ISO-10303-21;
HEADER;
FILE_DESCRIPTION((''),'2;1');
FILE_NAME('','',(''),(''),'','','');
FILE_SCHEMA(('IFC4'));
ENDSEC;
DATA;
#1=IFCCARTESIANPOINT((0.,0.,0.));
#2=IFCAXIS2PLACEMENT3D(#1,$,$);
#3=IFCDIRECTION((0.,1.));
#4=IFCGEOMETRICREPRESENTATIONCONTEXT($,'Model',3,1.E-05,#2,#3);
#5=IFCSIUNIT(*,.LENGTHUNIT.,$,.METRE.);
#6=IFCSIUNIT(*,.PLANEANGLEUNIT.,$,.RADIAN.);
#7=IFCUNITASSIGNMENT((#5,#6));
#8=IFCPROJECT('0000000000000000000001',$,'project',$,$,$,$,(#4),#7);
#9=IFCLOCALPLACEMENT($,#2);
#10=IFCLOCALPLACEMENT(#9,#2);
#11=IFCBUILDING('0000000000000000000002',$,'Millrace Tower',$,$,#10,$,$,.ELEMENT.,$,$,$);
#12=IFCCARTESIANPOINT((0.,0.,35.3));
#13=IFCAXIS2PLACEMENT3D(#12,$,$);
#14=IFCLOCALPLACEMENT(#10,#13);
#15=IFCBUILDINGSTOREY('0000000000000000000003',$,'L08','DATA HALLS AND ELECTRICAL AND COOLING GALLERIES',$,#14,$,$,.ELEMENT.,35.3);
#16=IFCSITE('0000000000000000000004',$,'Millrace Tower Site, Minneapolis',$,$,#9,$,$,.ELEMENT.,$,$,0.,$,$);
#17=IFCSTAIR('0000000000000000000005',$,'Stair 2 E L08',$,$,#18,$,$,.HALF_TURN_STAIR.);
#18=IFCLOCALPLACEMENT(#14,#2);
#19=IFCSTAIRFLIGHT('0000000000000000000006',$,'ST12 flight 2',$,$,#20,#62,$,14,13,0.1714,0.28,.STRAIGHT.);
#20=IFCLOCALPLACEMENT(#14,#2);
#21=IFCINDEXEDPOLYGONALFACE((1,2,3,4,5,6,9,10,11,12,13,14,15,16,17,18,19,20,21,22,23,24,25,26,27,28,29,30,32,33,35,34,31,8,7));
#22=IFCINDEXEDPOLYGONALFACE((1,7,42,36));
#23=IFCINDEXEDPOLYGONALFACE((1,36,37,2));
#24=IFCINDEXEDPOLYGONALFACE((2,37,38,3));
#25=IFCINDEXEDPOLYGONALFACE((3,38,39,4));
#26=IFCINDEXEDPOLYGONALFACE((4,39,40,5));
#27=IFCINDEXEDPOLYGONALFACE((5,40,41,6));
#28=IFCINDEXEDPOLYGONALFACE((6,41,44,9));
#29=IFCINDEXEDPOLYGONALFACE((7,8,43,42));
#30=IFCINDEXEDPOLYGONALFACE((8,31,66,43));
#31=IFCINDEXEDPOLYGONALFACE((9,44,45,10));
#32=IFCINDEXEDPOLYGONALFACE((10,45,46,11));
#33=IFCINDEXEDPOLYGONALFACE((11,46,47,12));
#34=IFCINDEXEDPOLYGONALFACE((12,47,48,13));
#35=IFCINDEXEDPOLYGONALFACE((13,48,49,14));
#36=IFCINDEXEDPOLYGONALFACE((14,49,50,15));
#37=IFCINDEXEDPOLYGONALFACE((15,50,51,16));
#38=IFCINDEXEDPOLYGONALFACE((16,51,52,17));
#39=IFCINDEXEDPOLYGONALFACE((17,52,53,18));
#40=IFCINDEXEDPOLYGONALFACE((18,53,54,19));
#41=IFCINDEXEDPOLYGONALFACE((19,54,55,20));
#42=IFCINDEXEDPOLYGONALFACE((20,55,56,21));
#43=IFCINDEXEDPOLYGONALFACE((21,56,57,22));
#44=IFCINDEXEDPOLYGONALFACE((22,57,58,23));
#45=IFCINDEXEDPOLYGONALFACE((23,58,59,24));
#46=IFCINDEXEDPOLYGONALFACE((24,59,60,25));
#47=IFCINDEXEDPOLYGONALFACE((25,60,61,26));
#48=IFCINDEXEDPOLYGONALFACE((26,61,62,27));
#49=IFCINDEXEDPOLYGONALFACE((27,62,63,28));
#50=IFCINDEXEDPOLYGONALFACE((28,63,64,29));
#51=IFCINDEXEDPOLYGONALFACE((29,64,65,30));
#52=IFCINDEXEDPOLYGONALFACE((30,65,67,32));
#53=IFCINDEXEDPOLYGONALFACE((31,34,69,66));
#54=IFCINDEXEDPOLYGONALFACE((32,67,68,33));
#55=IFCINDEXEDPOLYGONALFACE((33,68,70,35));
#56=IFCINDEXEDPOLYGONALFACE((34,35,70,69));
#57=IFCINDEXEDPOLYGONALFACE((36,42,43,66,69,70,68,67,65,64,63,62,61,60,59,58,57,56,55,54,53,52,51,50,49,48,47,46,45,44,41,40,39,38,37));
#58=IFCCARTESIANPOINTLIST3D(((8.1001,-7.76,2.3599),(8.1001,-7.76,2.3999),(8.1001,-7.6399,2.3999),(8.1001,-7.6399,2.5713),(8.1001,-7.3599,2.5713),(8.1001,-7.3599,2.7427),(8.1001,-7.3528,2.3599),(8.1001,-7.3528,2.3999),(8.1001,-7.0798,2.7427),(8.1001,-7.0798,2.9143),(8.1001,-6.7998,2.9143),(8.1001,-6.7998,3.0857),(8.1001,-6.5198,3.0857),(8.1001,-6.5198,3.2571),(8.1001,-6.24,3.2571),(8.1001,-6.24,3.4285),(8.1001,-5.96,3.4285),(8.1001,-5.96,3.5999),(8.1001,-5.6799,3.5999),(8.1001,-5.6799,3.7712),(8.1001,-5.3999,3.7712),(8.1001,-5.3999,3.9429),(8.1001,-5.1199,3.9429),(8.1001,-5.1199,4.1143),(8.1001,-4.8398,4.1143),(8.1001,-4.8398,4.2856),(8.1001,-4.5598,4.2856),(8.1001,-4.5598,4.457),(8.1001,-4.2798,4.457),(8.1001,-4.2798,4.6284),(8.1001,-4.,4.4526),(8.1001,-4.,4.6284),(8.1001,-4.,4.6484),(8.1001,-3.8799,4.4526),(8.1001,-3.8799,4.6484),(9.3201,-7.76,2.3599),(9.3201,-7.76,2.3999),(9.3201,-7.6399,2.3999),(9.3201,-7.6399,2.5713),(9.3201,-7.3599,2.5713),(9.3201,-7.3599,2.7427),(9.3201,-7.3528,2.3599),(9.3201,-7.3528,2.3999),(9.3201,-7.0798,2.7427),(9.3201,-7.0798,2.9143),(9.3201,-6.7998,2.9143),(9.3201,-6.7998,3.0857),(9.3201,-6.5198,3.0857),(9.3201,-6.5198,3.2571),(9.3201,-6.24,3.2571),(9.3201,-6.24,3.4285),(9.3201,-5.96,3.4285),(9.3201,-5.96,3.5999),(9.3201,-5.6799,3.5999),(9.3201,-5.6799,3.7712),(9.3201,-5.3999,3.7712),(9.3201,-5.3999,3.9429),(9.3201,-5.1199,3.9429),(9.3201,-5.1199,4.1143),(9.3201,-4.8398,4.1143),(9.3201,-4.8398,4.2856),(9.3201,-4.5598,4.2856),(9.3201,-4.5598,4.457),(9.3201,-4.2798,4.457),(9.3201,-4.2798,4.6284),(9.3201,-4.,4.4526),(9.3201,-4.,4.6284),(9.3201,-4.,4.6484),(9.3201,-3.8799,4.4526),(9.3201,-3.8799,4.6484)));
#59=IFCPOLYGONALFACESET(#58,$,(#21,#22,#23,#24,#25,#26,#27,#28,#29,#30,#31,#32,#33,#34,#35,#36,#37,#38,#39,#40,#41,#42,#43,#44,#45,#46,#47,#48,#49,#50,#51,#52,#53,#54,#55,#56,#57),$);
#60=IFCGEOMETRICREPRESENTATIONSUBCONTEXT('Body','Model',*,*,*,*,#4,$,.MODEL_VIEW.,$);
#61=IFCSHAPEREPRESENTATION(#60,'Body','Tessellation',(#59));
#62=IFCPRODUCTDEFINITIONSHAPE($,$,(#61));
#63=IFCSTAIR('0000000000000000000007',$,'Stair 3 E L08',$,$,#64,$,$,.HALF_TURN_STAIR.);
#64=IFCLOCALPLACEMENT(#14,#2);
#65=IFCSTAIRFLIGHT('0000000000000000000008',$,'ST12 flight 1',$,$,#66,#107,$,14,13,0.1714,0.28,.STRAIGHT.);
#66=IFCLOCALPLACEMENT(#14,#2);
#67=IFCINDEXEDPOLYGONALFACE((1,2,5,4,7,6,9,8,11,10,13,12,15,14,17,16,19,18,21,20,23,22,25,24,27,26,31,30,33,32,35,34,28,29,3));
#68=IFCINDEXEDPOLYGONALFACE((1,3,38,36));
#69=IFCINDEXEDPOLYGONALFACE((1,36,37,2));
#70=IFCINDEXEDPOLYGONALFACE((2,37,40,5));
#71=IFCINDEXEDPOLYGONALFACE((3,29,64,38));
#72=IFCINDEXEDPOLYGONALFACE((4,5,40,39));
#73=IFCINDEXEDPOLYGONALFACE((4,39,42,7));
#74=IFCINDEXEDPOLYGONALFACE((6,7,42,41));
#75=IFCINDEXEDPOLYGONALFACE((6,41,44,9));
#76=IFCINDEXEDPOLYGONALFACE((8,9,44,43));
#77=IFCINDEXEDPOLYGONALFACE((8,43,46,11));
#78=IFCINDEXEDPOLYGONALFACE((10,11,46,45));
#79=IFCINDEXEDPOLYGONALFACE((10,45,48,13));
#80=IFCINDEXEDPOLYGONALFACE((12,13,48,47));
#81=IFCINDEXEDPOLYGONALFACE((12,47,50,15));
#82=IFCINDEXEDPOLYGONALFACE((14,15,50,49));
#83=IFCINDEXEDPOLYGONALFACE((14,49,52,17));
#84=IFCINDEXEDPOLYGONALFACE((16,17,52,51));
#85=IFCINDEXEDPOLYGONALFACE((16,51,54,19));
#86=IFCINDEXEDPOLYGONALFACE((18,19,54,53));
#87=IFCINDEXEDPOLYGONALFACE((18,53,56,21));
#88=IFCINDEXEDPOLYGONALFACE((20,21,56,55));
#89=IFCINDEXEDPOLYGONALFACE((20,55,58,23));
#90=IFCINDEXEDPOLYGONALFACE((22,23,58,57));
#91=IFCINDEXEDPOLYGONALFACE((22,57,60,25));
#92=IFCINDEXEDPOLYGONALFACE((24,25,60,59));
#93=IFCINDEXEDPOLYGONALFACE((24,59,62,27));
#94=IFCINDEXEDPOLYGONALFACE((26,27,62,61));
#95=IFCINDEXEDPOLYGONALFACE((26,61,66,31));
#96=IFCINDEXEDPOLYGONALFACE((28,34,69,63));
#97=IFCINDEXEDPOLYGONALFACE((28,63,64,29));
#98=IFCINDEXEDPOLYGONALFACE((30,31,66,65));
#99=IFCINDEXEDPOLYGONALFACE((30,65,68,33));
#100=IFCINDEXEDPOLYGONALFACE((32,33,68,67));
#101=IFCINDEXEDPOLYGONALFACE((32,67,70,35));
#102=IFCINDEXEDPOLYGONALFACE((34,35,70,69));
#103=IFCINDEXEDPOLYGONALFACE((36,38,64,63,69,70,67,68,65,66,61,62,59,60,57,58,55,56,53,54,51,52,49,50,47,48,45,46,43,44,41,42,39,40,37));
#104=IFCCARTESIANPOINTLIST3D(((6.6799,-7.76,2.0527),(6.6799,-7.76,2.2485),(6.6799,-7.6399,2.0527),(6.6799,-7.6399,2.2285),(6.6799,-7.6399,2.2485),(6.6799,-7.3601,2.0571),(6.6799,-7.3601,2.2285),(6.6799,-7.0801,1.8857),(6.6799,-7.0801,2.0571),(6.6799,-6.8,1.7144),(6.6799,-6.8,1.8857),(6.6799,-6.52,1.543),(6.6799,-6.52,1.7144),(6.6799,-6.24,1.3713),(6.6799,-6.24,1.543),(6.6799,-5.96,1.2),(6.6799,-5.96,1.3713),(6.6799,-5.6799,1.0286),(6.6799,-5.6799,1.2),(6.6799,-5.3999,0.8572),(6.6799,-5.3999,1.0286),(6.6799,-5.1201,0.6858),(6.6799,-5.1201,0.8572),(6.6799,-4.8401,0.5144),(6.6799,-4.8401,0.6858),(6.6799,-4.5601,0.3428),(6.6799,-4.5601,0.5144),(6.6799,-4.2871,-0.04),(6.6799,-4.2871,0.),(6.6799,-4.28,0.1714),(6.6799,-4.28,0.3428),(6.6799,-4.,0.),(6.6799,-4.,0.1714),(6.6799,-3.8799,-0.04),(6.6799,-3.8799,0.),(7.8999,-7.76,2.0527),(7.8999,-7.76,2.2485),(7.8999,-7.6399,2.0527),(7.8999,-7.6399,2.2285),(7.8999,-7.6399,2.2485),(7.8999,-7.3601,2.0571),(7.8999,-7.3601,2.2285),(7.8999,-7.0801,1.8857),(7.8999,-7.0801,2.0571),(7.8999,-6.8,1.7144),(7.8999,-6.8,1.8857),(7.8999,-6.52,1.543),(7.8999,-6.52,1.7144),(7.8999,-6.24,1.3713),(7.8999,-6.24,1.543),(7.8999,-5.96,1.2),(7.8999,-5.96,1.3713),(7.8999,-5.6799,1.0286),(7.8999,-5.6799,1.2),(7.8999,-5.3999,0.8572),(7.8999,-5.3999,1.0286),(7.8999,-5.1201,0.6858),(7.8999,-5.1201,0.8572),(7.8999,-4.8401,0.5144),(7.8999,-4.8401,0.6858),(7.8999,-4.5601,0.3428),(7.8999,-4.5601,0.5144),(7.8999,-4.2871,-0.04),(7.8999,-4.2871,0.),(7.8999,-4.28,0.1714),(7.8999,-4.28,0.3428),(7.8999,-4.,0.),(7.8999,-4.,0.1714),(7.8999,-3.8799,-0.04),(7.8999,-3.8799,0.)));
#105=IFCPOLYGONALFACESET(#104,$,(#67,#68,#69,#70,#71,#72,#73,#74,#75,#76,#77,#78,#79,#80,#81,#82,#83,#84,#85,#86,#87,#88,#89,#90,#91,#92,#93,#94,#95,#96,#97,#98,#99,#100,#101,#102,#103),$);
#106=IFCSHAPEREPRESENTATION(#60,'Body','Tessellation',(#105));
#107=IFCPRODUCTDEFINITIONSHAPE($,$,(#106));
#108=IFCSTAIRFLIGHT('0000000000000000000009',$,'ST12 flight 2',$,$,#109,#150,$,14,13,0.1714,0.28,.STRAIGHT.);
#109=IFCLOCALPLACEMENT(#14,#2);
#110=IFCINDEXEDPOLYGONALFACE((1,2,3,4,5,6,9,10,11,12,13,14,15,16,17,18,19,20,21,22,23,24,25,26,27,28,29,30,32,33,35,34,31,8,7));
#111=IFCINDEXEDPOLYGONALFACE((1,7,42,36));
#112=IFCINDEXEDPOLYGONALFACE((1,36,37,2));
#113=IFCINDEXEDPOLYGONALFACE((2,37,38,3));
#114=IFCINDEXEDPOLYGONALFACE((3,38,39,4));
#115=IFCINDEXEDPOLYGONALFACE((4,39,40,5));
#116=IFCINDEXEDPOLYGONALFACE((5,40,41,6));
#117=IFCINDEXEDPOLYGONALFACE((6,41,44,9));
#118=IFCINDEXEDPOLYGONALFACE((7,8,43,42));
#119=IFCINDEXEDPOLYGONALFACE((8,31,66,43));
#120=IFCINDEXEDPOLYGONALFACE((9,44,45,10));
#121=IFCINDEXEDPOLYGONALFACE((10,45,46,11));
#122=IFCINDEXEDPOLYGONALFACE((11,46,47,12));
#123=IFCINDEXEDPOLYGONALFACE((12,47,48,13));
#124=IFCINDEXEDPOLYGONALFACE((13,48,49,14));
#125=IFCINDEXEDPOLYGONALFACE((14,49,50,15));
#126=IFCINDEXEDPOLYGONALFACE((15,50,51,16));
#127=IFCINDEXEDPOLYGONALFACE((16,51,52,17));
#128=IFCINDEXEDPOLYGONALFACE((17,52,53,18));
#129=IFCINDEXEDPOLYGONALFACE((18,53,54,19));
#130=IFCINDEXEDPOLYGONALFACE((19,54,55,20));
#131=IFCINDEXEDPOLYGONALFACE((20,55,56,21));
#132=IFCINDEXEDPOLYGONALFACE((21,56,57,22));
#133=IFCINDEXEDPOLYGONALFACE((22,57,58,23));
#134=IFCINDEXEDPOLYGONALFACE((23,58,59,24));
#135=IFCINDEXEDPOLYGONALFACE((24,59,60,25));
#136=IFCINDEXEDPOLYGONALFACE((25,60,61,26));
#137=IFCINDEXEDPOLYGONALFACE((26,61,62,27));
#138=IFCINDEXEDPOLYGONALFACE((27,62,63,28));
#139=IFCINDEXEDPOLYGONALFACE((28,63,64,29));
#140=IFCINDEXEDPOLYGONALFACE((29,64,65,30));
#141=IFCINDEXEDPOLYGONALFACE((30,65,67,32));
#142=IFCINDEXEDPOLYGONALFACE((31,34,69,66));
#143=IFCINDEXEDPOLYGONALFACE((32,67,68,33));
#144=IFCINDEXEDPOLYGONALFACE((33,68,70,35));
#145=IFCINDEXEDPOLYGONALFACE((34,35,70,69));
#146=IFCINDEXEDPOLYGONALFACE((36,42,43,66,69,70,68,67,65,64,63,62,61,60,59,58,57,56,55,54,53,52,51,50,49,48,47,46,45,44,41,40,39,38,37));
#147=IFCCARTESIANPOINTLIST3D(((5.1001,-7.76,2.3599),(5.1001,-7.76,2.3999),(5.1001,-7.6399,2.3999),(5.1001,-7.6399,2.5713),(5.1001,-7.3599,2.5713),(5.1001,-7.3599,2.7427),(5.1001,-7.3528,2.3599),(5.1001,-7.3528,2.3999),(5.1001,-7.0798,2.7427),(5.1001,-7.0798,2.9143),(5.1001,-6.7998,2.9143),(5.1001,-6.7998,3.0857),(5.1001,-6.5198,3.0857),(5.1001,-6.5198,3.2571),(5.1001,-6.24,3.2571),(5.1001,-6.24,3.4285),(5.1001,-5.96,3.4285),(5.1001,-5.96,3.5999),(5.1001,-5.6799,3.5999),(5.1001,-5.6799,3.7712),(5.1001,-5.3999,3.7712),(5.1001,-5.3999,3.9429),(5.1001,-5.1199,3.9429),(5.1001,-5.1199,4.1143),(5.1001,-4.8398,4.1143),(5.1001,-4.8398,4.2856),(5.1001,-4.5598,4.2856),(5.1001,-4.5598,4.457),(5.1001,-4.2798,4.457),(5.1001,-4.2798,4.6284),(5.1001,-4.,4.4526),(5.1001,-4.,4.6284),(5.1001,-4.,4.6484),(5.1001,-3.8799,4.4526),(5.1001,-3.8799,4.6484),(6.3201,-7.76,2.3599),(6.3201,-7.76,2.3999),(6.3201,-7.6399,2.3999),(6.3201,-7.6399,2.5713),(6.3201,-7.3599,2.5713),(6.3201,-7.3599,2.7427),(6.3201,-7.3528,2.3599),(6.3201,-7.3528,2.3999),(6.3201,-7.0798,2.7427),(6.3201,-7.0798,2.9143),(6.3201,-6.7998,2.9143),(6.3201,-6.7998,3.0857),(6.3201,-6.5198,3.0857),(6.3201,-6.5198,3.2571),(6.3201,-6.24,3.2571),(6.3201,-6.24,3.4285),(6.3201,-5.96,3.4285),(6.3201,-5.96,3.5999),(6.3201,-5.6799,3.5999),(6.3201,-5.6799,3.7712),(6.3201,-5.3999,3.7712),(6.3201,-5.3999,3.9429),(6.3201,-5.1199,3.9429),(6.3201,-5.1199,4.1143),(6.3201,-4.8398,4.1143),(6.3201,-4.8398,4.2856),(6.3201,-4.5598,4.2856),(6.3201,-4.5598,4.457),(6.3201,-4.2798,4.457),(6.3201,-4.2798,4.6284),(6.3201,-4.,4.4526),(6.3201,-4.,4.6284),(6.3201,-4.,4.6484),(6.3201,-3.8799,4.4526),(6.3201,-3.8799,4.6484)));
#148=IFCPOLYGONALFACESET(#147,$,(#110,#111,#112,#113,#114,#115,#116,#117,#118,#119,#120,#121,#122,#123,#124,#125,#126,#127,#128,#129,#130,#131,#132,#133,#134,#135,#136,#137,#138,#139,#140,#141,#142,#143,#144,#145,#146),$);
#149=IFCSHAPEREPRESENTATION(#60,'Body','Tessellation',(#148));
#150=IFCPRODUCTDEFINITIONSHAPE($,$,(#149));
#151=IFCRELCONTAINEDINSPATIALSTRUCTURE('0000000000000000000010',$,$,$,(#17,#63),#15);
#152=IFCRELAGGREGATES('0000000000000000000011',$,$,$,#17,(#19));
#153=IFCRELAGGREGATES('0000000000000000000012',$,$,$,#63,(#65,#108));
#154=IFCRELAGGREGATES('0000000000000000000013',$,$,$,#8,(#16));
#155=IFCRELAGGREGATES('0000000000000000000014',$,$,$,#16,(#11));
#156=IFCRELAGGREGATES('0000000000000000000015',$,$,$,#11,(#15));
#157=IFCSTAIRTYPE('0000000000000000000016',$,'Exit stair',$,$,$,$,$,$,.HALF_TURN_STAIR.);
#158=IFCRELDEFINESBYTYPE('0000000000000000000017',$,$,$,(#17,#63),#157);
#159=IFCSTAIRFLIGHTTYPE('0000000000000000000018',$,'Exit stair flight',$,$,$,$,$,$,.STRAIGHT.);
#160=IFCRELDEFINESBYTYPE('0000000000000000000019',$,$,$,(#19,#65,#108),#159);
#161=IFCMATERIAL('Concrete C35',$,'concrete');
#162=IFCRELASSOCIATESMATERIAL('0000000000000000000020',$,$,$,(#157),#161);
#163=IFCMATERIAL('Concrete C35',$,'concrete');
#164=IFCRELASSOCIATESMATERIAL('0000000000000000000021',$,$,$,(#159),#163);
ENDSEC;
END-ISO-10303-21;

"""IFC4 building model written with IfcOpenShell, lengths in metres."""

from ifc_helpers import new_model, si_unit, direction, frame, origin, place, context, subcontext, project, spatial, polyline, outline, extrude, material, type_object, element, aggregate, save


model = new_model("IFC4")

# Units and contexts
model_context = context("Model", 3, precision=1e-05, world=origin(), true_north=direction((0.0, 1.0)))
body_context = subcontext(model_context, "Body", "Model", "MODEL_VIEW")
ifc_project = project(units=[si_unit("LENGTHUNIT", "METRE"), si_unit("PLANEANGLEUNIT", "RADIAN")], contexts=[model_context])

# Site, building, storey
site_placement = place(None, origin())
site = spatial("IfcSite", under=ifc_project, at=site_placement, Name="Millrace Tower Site, Minneapolis", CompositionType="ELEMENT", RefElevation=0.0)
building_placement = place(site_placement, origin())
building = spatial("IfcBuilding", under=site, at=building_placement, Name="Millrace Tower", CompositionType="ELEMENT")
storey_placement = place(building_placement, frame((0.0, 0.0, 35.3)))
storey = spatial("IfcBuildingStorey", under=building, at=storey_placement, Name="L08", Description="DATA HALLS AND ELECTRICAL AND COOLING GALLERIES", CompositionType="ELEMENT", Elevation=35.3)

# Shared definitions
placement = place(storey_placement, origin())

# Stair, stair flight
ifc_material_1 = material(Name="Concrete C35", Category="concrete")
stair_type = type_object("IfcStairType", Name="Exit stair", PredefinedType="HALF_TURN_STAIR", material=ifc_material_1)
ifc_material_2 = material(Name="Concrete C35", Category="concrete")
stair_flight_type = type_object("IfcStairFlightType", Name="Exit stair flight", PredefinedType="STRAIGHT", material=ifc_material_2)
stair_1 = element("IfcStair", 1, at=placement, inside=storey, type_object=stair_type, Name="Stair 2 E L08", PredefinedType="HALF_TURN_STAIR")
stair_flight_1_placement = place(storey_placement, frame((8.71, -7.6399, 2.3999), z_axis=(0.0, 0.0, 1.0), x_axis=(0.0, 1.0, 0.0)))
stair_flight_1 = element("IfcStairFlight", 2, at=stair_flight_1_placement, type_object=stair_flight_type, Name="ST12 flight 2", NumberOfRisers=14, NumberOfTreads=13, PredefinedType="STRAIGHT", RiserHeight=0.1714, TreadLength=0.28, context=body_context, shape_type="SweptSolid", body=[
    extrude(outline(polyline([(-0.1201, -0.04), (-0.1201, 0.0), (0.0, 0.0), (0.0, 0.1714), (0.28, 0.1714), (0.28, 0.3428), (0.5601, 0.3428), (0.5601, 0.5144), (0.8401, 0.5144), (0.8401, 0.6858), (1.1201, 0.6858), (1.1201, 0.8572), (1.3999, 0.8572), (1.3999, 1.0286), (1.6799, 1.0286), (1.6799, 1.2), (1.96, 1.2), (1.96, 1.3713), (2.24, 1.3713), (2.24, 1.543), (2.52, 1.543), (2.52, 1.7144), (2.8, 1.7144), (2.8, 1.8857), (3.0801, 1.8857), (3.0801, 2.0571), (3.3601, 2.0571), (3.3601, 2.2285), (3.6399, 2.2285), (3.6399, 2.2485), (3.76, 2.2485), (3.76, 2.0527), (3.6399, 2.0527), (0.2871, 0.0), (0.2871, -0.04), (-0.1201, -0.04)])), frame((0.0, 0.6099, 0.0), z_axis=(0.0, -1.0, 0.0), x_axis=(1.0, 0.0, 0.0)), (0.0, 0.0, 1.0), 1.22),
])
aggregate(stair_1, [stair_flight_1])

# Stair, stair flights
stair_2 = element("IfcStair", 3, at=placement, inside=storey, type_object=stair_type, Name="Stair 3 E L08", PredefinedType="HALF_TURN_STAIR")
stair_flight_2_placement = place(storey_placement, frame((7.29, -4.0, 0.0), z_axis=(0.0, 0.0, 1.0), x_axis=(0.0, -1.0, 0.0)))
stair_flight_2 = element("IfcStairFlight", 4, at=stair_flight_2_placement, type_object=stair_flight_type, Name="ST12 flight 1", NumberOfRisers=14, NumberOfTreads=13, PredefinedType="STRAIGHT", RiserHeight=0.1714, TreadLength=0.28, context=body_context, shape_type="SweptSolid", body=[
    extrude(outline(polyline([(-0.1201, -0.04), (-0.1201, 0.0), (0.0, 0.0), (0.0, 0.1714), (0.28, 0.1714), (0.28, 0.3428), (0.5601, 0.3428), (0.5601, 0.5144), (0.8401, 0.5144), (0.8401, 0.6858), (1.1201, 0.6858), (1.1201, 0.8572), (1.3999, 0.8572), (1.3999, 1.0286), (1.6799, 1.0286), (1.6799, 1.2), (1.96, 1.2), (1.96, 1.3713), (2.24, 1.3713), (2.24, 1.543), (2.52, 1.543), (2.52, 1.7144), (2.8, 1.7144), (2.8, 1.8857), (3.0801, 1.8857), (3.0801, 2.0571), (3.3601, 2.0571), (3.3601, 2.2285), (3.6399, 2.2285), (3.6399, 2.2485), (3.76, 2.2485), (3.76, 2.0527), (3.6399, 2.0527), (0.2871, 0.0), (0.2871, -0.04), (-0.1201, -0.04)])), frame((0.0, 0.6099, 0.0), z_axis=(0.0, -1.0, 0.0), x_axis=(1.0, 0.0, 0.0)), (0.0, 0.0, 1.0), 1.22),
])
stair_flight_3_placement = place(storey_placement, frame((5.71, -7.6399, 2.3999), z_axis=(0.0, 0.0, 1.0), x_axis=(0.0, 1.0, 0.0)))
stair_flight_3 = element("IfcStairFlight", 5, at=stair_flight_3_placement, type_object=stair_flight_type, Name="ST12 flight 2", NumberOfRisers=14, NumberOfTreads=13, PredefinedType="STRAIGHT", RiserHeight=0.1714, TreadLength=0.28, context=body_context, shape_type="SweptSolid", body=[
    extrude(outline(polyline([(-0.1201, -0.04), (-0.1201, 0.0), (0.0, 0.0), (0.0, 0.1714), (0.28, 0.1714), (0.28, 0.3428), (0.5601, 0.3428), (0.5601, 0.5144), (0.8401, 0.5144), (0.8401, 0.6858), (1.1201, 0.6858), (1.1201, 0.8572), (1.3999, 0.8572), (1.3999, 1.0286), (1.6799, 1.0286), (1.6799, 1.2), (1.96, 1.2), (1.96, 1.3713), (2.24, 1.3713), (2.24, 1.543), (2.52, 1.543), (2.52, 1.7144), (2.8, 1.7144), (2.8, 1.8857), (3.0801, 1.8857), (3.0801, 2.0571), (3.3601, 2.0571), (3.3601, 2.2285), (3.6399, 2.2285), (3.6399, 2.2485), (3.76, 2.2485), (3.76, 2.0527), (3.6399, 2.0527), (0.2871, 0.0), (0.2871, -0.04), (-0.1201, -0.04)])), frame((0.0, 0.6099, 0.0), z_axis=(0.0, -1.0, 0.0), x_axis=(1.0, 0.0, 0.0)), (0.0, 0.0, 1.0), 1.22),
])
aggregate(stair_2, [stair_flight_2, stair_flight_3])

save(model, "model.ifc")
